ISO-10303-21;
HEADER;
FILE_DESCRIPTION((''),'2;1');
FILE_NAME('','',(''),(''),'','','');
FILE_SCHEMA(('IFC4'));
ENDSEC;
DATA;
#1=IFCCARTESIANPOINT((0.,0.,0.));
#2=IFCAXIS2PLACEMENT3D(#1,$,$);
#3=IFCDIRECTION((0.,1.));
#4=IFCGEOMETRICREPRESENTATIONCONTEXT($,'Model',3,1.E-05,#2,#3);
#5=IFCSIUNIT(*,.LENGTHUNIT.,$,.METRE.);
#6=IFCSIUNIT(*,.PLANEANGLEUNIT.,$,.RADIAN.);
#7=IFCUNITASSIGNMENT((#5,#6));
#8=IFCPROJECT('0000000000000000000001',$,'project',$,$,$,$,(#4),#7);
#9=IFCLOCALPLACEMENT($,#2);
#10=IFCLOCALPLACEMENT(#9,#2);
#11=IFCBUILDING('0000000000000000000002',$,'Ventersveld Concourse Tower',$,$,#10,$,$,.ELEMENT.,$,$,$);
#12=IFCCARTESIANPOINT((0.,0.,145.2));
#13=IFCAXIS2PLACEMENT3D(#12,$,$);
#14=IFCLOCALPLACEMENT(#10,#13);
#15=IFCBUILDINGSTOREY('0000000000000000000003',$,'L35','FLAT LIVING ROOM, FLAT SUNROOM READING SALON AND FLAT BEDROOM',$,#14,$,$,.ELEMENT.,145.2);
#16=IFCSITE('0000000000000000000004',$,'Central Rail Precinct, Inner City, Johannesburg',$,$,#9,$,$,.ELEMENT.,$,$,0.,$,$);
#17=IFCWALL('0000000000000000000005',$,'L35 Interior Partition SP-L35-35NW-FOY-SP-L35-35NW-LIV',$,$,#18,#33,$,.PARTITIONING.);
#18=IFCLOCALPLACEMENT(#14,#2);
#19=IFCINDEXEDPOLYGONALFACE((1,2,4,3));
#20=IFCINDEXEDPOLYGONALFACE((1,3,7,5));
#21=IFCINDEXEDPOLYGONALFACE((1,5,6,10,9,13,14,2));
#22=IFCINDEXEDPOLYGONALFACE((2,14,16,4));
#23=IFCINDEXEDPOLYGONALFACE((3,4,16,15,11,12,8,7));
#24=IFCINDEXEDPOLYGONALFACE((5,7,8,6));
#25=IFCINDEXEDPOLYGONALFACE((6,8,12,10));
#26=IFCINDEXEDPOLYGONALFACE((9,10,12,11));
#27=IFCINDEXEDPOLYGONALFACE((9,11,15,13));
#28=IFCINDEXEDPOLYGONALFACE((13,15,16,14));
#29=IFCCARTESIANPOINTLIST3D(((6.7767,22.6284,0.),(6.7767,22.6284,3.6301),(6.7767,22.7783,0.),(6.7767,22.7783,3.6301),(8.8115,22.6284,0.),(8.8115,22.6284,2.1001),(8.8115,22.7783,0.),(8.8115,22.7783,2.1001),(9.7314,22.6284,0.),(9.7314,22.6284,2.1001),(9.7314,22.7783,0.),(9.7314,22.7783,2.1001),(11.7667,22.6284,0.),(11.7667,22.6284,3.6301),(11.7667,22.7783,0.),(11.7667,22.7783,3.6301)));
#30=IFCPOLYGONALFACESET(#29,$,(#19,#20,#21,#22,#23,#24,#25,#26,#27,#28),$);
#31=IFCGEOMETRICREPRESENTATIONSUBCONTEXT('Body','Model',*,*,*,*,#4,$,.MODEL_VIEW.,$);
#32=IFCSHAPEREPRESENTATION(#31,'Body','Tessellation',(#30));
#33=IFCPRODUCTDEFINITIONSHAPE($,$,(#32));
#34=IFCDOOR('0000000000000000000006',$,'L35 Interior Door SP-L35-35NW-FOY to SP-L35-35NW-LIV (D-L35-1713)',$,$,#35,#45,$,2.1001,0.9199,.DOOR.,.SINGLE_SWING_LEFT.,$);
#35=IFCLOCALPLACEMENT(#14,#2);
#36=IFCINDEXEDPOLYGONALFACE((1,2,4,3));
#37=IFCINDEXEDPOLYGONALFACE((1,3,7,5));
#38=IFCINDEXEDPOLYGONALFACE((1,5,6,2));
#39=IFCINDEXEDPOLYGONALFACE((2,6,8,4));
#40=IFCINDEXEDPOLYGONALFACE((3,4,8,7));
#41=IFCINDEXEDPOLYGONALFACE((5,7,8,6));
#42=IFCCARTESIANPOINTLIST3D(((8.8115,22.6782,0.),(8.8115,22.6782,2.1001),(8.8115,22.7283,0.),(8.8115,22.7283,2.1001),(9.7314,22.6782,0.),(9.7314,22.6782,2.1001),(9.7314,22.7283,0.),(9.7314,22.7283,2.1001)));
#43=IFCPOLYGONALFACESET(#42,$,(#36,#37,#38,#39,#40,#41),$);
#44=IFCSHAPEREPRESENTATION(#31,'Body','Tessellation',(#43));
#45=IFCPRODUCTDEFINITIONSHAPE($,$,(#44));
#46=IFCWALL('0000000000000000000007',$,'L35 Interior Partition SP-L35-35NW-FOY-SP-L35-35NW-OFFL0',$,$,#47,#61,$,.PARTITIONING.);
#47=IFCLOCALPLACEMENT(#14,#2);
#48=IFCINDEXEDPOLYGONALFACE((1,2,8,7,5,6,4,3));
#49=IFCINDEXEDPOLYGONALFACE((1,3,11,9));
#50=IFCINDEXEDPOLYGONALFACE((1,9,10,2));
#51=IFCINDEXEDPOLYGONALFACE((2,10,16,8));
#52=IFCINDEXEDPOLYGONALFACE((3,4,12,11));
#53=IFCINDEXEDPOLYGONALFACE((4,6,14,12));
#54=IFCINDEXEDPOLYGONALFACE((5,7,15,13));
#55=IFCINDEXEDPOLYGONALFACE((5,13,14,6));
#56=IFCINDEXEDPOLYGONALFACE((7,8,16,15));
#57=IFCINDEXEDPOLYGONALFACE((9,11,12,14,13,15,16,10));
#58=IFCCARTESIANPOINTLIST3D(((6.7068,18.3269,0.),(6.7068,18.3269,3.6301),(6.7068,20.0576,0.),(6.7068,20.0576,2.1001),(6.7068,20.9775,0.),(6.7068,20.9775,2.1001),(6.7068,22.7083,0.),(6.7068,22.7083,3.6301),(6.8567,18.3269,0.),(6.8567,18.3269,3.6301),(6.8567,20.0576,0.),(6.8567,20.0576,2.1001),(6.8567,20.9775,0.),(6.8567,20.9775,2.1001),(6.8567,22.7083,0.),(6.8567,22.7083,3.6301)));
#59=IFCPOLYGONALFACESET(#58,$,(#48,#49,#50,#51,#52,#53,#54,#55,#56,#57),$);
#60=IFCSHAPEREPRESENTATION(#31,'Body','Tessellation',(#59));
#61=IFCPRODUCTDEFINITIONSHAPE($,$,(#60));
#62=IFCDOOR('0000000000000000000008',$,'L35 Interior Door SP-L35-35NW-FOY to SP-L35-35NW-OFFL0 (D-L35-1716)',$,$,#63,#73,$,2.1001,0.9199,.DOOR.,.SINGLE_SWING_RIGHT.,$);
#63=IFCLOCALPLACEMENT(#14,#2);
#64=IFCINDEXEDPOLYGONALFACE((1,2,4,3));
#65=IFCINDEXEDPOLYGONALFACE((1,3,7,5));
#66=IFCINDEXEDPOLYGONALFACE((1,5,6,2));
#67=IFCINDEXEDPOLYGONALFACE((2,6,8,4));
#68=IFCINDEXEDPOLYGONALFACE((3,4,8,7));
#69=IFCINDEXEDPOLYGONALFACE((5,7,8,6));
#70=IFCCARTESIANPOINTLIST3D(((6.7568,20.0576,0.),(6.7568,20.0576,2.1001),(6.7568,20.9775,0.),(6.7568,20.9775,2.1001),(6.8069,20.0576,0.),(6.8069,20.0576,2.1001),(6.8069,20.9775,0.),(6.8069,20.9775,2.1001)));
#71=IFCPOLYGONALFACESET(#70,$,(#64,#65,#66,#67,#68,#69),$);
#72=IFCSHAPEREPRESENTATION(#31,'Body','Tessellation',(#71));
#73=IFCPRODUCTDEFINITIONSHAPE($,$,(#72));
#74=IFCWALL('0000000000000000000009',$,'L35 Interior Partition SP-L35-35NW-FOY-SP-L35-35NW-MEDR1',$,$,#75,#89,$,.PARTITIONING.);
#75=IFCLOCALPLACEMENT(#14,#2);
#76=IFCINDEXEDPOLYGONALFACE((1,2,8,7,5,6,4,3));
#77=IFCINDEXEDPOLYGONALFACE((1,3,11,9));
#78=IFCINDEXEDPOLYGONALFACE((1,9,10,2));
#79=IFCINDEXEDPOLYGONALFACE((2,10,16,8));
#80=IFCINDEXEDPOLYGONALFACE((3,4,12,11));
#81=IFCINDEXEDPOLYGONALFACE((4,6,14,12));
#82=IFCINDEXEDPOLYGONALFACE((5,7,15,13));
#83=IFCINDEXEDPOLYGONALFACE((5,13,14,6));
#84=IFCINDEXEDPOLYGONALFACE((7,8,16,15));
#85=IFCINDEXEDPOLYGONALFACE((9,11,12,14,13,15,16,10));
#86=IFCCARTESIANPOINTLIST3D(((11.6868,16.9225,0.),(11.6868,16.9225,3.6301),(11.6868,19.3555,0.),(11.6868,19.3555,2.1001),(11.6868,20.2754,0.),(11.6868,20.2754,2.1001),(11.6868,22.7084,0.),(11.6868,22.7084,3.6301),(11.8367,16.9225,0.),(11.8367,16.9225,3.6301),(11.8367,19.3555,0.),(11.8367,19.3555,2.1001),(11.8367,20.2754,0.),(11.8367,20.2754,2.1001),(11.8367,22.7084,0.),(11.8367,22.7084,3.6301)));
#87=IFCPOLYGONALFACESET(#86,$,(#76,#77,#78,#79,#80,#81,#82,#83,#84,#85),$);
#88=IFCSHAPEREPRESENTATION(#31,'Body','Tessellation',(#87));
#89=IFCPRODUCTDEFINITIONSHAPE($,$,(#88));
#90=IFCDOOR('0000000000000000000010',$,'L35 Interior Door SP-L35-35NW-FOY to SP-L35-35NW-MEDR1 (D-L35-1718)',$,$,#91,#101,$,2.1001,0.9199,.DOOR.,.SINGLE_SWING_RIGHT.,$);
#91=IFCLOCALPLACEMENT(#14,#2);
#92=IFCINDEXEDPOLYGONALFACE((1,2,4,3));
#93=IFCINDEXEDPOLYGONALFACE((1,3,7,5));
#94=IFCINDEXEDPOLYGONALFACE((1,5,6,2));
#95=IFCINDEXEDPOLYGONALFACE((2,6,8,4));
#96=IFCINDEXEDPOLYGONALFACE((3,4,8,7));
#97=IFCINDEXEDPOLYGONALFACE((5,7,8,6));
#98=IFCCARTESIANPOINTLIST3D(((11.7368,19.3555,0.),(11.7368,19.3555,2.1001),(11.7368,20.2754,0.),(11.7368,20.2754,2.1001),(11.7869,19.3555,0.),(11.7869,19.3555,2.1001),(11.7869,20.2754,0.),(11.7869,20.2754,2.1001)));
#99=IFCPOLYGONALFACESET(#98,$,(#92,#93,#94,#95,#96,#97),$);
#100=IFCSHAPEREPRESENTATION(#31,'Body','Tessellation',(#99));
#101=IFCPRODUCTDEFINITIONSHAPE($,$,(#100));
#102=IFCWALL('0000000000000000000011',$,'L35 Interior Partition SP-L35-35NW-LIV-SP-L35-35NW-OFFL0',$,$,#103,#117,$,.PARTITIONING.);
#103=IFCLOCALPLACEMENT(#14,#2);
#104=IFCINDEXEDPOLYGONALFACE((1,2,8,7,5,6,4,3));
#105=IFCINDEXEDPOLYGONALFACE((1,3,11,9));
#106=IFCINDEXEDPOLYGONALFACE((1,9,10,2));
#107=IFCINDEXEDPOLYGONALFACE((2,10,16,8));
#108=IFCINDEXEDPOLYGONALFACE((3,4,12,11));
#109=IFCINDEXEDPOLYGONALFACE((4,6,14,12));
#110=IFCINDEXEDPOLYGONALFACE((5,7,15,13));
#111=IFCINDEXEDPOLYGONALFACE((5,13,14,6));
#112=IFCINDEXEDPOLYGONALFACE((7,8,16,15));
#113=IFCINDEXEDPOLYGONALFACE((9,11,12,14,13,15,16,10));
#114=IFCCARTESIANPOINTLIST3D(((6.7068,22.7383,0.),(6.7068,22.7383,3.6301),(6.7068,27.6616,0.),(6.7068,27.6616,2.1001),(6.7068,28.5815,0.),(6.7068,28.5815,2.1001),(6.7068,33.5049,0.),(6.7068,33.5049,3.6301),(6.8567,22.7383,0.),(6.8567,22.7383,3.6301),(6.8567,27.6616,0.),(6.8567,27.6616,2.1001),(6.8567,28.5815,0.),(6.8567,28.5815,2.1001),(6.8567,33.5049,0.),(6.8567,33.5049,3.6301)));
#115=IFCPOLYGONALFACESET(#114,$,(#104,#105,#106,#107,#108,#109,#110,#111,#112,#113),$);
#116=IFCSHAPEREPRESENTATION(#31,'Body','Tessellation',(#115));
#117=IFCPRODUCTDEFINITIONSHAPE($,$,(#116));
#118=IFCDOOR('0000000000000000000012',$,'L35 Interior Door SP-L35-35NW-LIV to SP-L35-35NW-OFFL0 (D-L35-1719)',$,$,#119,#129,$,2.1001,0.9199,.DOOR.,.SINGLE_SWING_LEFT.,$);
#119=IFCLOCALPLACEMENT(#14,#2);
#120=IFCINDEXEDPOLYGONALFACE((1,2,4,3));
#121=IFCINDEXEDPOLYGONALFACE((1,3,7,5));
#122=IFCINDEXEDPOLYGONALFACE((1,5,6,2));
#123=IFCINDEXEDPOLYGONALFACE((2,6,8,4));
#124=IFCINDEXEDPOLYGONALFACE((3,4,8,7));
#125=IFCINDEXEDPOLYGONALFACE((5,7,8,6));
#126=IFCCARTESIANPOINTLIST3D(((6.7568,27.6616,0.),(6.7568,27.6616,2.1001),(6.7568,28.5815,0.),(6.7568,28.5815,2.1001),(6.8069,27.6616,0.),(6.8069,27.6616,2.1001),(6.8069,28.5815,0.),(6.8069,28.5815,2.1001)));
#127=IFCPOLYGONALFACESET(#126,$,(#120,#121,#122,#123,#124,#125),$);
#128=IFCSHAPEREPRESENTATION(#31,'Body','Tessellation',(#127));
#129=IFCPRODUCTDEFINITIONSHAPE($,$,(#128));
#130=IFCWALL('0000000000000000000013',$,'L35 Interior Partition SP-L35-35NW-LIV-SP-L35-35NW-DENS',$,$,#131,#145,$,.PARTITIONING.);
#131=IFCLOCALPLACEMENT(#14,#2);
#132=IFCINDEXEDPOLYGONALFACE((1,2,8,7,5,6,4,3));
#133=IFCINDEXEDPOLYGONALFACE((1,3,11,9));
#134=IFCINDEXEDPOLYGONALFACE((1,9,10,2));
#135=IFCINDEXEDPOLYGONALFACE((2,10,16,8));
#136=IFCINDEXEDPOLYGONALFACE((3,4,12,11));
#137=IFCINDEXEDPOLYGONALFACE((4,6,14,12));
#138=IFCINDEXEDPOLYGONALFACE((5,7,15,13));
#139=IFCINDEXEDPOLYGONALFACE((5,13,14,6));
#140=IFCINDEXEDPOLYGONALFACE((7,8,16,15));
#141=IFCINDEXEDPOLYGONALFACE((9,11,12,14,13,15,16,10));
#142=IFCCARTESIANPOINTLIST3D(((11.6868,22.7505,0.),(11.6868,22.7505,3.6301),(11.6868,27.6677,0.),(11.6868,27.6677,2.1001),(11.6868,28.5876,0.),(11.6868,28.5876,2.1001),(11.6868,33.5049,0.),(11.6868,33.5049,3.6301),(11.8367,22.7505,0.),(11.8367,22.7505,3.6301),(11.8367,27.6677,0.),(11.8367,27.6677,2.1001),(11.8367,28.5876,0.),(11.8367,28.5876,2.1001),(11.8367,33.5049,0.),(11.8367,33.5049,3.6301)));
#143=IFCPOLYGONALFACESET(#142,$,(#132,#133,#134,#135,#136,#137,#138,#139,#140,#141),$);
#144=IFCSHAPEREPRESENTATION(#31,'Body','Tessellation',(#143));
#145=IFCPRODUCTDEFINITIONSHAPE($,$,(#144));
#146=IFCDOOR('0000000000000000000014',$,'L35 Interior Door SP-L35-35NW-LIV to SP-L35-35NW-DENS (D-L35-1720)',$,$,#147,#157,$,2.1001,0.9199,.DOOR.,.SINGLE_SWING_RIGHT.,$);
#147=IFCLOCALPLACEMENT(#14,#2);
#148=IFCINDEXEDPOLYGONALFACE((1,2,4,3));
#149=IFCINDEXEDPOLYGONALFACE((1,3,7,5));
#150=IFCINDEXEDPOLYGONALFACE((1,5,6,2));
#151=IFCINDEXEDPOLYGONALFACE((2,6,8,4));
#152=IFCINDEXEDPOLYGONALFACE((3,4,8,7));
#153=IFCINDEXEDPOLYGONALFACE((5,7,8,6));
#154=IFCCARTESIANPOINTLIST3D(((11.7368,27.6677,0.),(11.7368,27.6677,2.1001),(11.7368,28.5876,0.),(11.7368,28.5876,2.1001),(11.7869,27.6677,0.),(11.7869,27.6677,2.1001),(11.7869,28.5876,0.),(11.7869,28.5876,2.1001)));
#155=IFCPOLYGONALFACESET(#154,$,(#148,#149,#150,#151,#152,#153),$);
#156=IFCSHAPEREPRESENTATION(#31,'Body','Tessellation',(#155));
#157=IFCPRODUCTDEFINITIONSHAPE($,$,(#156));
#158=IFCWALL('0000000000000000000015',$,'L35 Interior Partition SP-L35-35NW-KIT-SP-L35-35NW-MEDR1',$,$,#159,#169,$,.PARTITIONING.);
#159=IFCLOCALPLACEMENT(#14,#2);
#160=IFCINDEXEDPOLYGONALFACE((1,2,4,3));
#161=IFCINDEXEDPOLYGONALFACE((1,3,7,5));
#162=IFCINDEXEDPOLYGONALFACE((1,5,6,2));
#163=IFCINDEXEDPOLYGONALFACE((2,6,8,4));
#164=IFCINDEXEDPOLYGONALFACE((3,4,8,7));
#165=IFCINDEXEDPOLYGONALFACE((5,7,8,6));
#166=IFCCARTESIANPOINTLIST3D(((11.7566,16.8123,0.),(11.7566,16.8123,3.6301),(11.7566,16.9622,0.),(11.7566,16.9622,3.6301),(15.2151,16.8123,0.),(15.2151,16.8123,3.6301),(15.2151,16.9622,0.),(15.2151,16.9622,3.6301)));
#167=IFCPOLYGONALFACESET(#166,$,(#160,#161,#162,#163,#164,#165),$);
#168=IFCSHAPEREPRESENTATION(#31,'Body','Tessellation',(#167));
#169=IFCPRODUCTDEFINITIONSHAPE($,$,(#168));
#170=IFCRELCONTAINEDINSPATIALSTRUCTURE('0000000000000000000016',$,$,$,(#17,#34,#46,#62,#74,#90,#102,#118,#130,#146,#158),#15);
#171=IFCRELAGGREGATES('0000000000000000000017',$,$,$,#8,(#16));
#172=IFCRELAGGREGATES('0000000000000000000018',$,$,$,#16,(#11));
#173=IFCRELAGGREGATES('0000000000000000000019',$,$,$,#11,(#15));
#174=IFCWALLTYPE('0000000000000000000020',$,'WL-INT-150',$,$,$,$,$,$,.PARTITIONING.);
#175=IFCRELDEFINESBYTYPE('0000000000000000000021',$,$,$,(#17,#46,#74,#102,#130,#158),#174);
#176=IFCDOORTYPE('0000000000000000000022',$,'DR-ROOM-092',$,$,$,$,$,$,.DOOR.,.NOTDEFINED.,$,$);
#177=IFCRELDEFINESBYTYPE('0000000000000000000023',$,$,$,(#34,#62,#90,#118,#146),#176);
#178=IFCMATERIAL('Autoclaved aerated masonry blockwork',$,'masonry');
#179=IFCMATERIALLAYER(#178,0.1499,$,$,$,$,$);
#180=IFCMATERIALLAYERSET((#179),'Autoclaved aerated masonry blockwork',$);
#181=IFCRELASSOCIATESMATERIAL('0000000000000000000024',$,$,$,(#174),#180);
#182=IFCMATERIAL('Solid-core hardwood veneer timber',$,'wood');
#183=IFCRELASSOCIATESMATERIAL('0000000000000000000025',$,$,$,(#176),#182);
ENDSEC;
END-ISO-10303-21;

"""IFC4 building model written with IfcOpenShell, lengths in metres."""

from ifc_helpers import new_model, si_unit, direction, frame, frame_2d, origin, place, context, subcontext, project, spatial, rectangle, extrude, material, layer, layer_set, type_object, element, fill, save


model = new_model("IFC4")

# Units and contexts
model_context = context("Model", 3, precision=1e-05, world=origin(), true_north=direction((0.0, 1.0)))
body_context = subcontext(model_context, "Body", "Model", "MODEL_VIEW")
ifc_project = project(units=[si_unit("LENGTHUNIT", "METRE"), si_unit("PLANEANGLEUNIT", "RADIAN")], contexts=[model_context])

# Site, building, storey
site_placement = place(None, origin())
site = spatial("IfcSite", under=ifc_project, at=site_placement, Name="Central Rail Precinct, Inner City, Johannesburg", CompositionType="ELEMENT", RefElevation=0.0)
building_placement = place(site_placement, origin())
building = spatial("IfcBuilding", under=site, at=building_placement, Name="Ventersveld Concourse Tower", CompositionType="ELEMENT")
storey_placement = place(building_placement, frame((0.0, 0.0, 145.2)))
storey = spatial("IfcBuildingStorey", under=building, at=storey_placement, Name="L35", Description="FLAT LIVING ROOM, FLAT SUNROOM READING SALON AND FLAT BEDROOM", CompositionType="ELEMENT", Elevation=145.2)

# Shared definitions
ifc_material_1 = material(Name="Solid-core hardwood veneer timber", Category="wood")

# Walls, openings, doors
ifc_material_2 = material(Name="Autoclaved aerated masonry blockwork", Category="masonry")
ifc_layer_1 = layer(ifc_material_2, 0.1499)
ifc_layer_set_1 = layer_set([ifc_layer_1], Name="Autoclaved aerated masonry blockwork")
wall_type_1 = type_object("IfcWallType", Name="WL-INT-150", PredefinedType="PARTITIONING", material=ifc_layer_set_1)
wall_1_placement = place(storey_placement, frame((6.7766, 22.7034, 0.0), z_axis=(0.0, 0.0, 1.0), x_axis=(1.0, 0.0, 0.0)))
wall_1 = element("IfcWall", 1, at=wall_1_placement, inside=storey, type_object=wall_type_1, Name="L35 Interior Partition SP-L35-35NW-FOY-SP-L35-35NW-LIV", PredefinedType="PARTITIONING", context=body_context, shape_type="SweptSolid", body=[
    extrude(rectangle(XDim=4.99, YDim=0.1499, at=frame_2d((2.4951, 0.0))), origin(), (0.0, 0.0, 1.0), 3.6301),
])
opening_1_placement = place(wall_1_placement, frame((2.0349, 0.0, 0.0)))
opening_1 = element("IfcOpeningElement", 2, at=opening_1_placement, cuts=wall_1, PredefinedType="OPENING", context=body_context, shape_type="SweptSolid", body=[
    extrude(rectangle(XDim=0.9199, YDim=2.1001, at=frame_2d((0.46, 1.05))), frame((0.0, 0.085, 0.0), z_axis=(0.0, -1.0, 0.0), x_axis=(1.0, 0.0, 0.0)), (0.0, 0.0, 1.0), 0.1699),
])
door_type_1 = type_object("IfcDoorType", Name="DR-ROOM-092", OperationType="NOTDEFINED", PredefinedType="DOOR", material=ifc_material_1)
door_1_placement = place(opening_1_placement, origin())
door_1 = element("IfcDoor", 3, at=door_1_placement, inside=storey, type_object=door_type_1, Name="L35 Interior Door SP-L35-35NW-FOY to SP-L35-35NW-LIV (D-L35-1713)", OperationType="SINGLE_SWING_LEFT", OverallHeight=2.1001, OverallWidth=0.9199, PredefinedType="DOOR", context=body_context, shape_type="SweptSolid", body=[
    extrude(rectangle(XDim=0.9199, YDim=2.1001, at=frame_2d((0.46, 1.05))), frame((0.0, 0.0249, 0.0), z_axis=(0.0, -1.0, 0.0), x_axis=(1.0, 0.0, 0.0)), (0.0, 0.0, 1.0), 0.05),
])
fill(opening_1, door_1)
wall_2_placement = place(storey_placement, frame((6.7817, 18.3269, 0.0), z_axis=(0.0, 0.0, 1.0), x_axis=(0.0, 1.0, 0.0)))
wall_2 = element("IfcWall", 4, at=wall_2_placement, inside=storey, type_object=wall_type_1, Name="L35 Interior Partition SP-L35-35NW-FOY-SP-L35-35NW-OFFL0", PredefinedType="PARTITIONING", context=body_context, shape_type="SweptSolid", body=[
    extrude(rectangle(XDim=4.3813, YDim=0.1499, at=frame_2d((2.1907, 0.0))), origin(), (0.0, 0.0, 1.0), 3.6301),
])
opening_2_placement = place(wall_2_placement, frame((1.7307, 0.0, 0.0)))
opening_2 = element("IfcOpeningElement", 5, at=opening_2_placement, cuts=wall_2, PredefinedType="OPENING", context=body_context, shape_type="SweptSolid", body=[
    extrude(rectangle(XDim=0.9199, YDim=2.1001, at=frame_2d((0.46, 1.05))), frame((0.0, 0.085, 0.0), z_axis=(0.0, -1.0, 0.0), x_axis=(1.0, 0.0, 0.0)), (0.0, 0.0, 1.0), 0.1699),
])
door_2_placement = place(opening_2_placement, origin())
door_2 = element("IfcDoor", 6, at=door_2_placement, inside=storey, type_object=door_type_1, Name="L35 Interior Door SP-L35-35NW-FOY to SP-L35-35NW-OFFL0 (D-L35-1716)", OperationType="SINGLE_SWING_RIGHT", OverallHeight=2.1001, OverallWidth=0.9199, PredefinedType="DOOR", context=body_context, shape_type="SweptSolid", body=[
    extrude(rectangle(XDim=0.9199, YDim=2.1001, at=frame_2d((0.46, 1.05))), frame((0.0, 0.0249, 0.0), z_axis=(0.0, -1.0, 0.0), x_axis=(1.0, 0.0, 0.0)), (0.0, 0.0, 1.0), 0.05),
])
fill(opening_2, door_2)
wall_3_placement = place(storey_placement, frame((11.7617, 16.9224, 0.0), z_axis=(0.0, 0.0, 1.0), x_axis=(0.0, 1.0, 0.0)))
wall_3 = element("IfcWall", 7, at=wall_3_placement, inside=storey, type_object=wall_type_1, Name="L35 Interior Partition SP-L35-35NW-FOY-SP-L35-35NW-MEDR1", PredefinedType="PARTITIONING", context=body_context, shape_type="SweptSolid", body=[
    extrude(rectangle(XDim=5.7859, YDim=0.1499, at=frame_2d((2.8931, 0.0))), origin(), (0.0, 0.0, 1.0), 3.6301),
])
opening_3_placement = place(wall_3_placement, frame((2.4331, 0.0, 0.0)))
opening_3 = element("IfcOpeningElement", 8, at=opening_3_placement, cuts=wall_3, PredefinedType="OPENING", context=body_context, shape_type="SweptSolid", body=[
    extrude(rectangle(XDim=0.9199, YDim=2.1001, at=frame_2d((0.46, 1.05))), frame((0.0, 0.085, 0.0), z_axis=(0.0, -1.0, 0.0), x_axis=(1.0, 0.0, 0.0)), (0.0, 0.0, 1.0), 0.1699),
])
door_3_placement = place(opening_3_placement, origin())
door_3 = element("IfcDoor", 9, at=door_3_placement, inside=storey, type_object=door_type_1, Name="L35 Interior Door SP-L35-35NW-FOY to SP-L35-35NW-MEDR1 (D-L35-1718)", OperationType="SINGLE_SWING_RIGHT", OverallHeight=2.1001, OverallWidth=0.9199, PredefinedType="DOOR", context=body_context, shape_type="SweptSolid", body=[
    extrude(rectangle(XDim=0.9199, YDim=2.1001, at=frame_2d((0.46, 1.05))), frame((0.0, 0.0249, 0.0), z_axis=(0.0, -1.0, 0.0), x_axis=(1.0, 0.0, 0.0)), (0.0, 0.0, 1.0), 0.05),
])
fill(opening_3, door_3)
wall_4_placement = place(storey_placement, frame((6.7817, 22.7383, 0.0), z_axis=(0.0, 0.0, 1.0), x_axis=(0.0, 1.0, 0.0)))
wall_4 = element("IfcWall", 10, at=wall_4_placement, inside=storey, type_object=wall_type_1, Name="L35 Interior Partition SP-L35-35NW-LIV-SP-L35-35NW-OFFL0", PredefinedType="PARTITIONING", context=body_context, shape_type="SweptSolid", body=[
    extrude(rectangle(XDim=10.7666, YDim=0.1499, at=frame_2d((5.3833, 0.0))), origin(), (0.0, 0.0, 1.0), 3.6301),
])
opening_4_placement = place(wall_4_placement, frame((4.9233, 0.0, 0.0)))
opening_4 = element("IfcOpeningElement", 11, at=opening_4_placement, cuts=wall_4, PredefinedType="OPENING", context=body_context, shape_type="SweptSolid", body=[
    extrude(rectangle(XDim=0.9199, YDim=2.1001, at=frame_2d((0.46, 1.05))), frame((0.0, 0.085, 0.0), z_axis=(0.0, -1.0, 0.0), x_axis=(1.0, 0.0, 0.0)), (0.0, 0.0, 1.0), 0.1699),
])
door_4_placement = place(opening_4_placement, origin())
door_4 = element("IfcDoor", 12, at=door_4_placement, inside=storey, type_object=door_type_1, Name="L35 Interior Door SP-L35-35NW-LIV to SP-L35-35NW-OFFL0 (D-L35-1719)", OperationType="SINGLE_SWING_LEFT", OverallHeight=2.1001, OverallWidth=0.9199, PredefinedType="DOOR", context=body_context, shape_type="SweptSolid", body=[
    extrude(rectangle(XDim=0.9199, YDim=2.1001, at=frame_2d((0.46, 1.05))), frame((0.0, 0.0249, 0.0), z_axis=(0.0, -1.0, 0.0), x_axis=(1.0, 0.0, 0.0)), (0.0, 0.0, 1.0), 0.05),
])
fill(opening_4, door_4)
wall_5_placement = place(storey_placement, frame((11.7617, 22.7505, 0.0), z_axis=(0.0, 0.0, 1.0), x_axis=(0.0, 1.0, 0.0)))
wall_5 = element("IfcWall", 13, at=wall_5_placement, inside=storey, type_object=wall_type_1, Name="L35 Interior Partition SP-L35-35NW-LIV-SP-L35-35NW-DENS", PredefinedType="PARTITIONING", context=body_context, shape_type="SweptSolid", body=[
    extrude(rectangle(XDim=10.7544, YDim=0.1499, at=frame_2d((5.3772, 0.0))), origin(), (0.0, 0.0, 1.0), 3.6301),
])
opening_5_placement = place(wall_5_placement, frame((4.9172, 0.0, 0.0)))
opening_5 = element("IfcOpeningElement", 14, at=opening_5_placement, cuts=wall_5, PredefinedType="OPENING", context=body_context, shape_type="SweptSolid", body=[
    extrude(rectangle(XDim=0.9199, YDim=2.1001, at=frame_2d((0.46, 1.05))), frame((0.0, 0.085, 0.0), z_axis=(0.0, -1.0, 0.0), x_axis=(1.0, 0.0, 0.0)), (0.0, 0.0, 1.0), 0.1699),
])
door_5_placement = place(opening_5_placement, origin())
door_5 = element("IfcDoor", 15, at=door_5_placement, inside=storey, type_object=door_type_1, Name="L35 Interior Door SP-L35-35NW-LIV to SP-L35-35NW-DENS (D-L35-1720)", OperationType="SINGLE_SWING_RIGHT", OverallHeight=2.1001, OverallWidth=0.9199, PredefinedType="DOOR", context=body_context, shape_type="SweptSolid", body=[
    extrude(rectangle(XDim=0.9199, YDim=2.1001, at=frame_2d((0.46, 1.05))), frame((0.0, 0.0249, 0.0), z_axis=(0.0, -1.0, 0.0), x_axis=(1.0, 0.0, 0.0)), (0.0, 0.0, 1.0), 0.05),
])
fill(opening_5, door_5)

# Wall
for number, where, z_axis, x_axis, name in (
    (16, (11.7566, 16.8872, 0.0), (0.0, 0.0, 1.0), (1.0, 0.0, 0.0), "L35 Interior Partition SP-L35-35NW-KIT-SP-L35-35NW-MEDR1"),
):
    element("IfcWall", number, at=place(storey_placement, frame(where, z_axis=z_axis, x_axis=x_axis)), inside=storey, type_object=wall_type_1, Name=name, PredefinedType="PARTITIONING", context=body_context, shape_type="SweptSolid", body=[
        extrude(rectangle(XDim=3.4585, YDim=0.1499, at=frame_2d((1.7292, 0.0))), origin(), (0.0, 0.0, 1.0), 3.6301),
    ])

save(model, "model.ifc")
